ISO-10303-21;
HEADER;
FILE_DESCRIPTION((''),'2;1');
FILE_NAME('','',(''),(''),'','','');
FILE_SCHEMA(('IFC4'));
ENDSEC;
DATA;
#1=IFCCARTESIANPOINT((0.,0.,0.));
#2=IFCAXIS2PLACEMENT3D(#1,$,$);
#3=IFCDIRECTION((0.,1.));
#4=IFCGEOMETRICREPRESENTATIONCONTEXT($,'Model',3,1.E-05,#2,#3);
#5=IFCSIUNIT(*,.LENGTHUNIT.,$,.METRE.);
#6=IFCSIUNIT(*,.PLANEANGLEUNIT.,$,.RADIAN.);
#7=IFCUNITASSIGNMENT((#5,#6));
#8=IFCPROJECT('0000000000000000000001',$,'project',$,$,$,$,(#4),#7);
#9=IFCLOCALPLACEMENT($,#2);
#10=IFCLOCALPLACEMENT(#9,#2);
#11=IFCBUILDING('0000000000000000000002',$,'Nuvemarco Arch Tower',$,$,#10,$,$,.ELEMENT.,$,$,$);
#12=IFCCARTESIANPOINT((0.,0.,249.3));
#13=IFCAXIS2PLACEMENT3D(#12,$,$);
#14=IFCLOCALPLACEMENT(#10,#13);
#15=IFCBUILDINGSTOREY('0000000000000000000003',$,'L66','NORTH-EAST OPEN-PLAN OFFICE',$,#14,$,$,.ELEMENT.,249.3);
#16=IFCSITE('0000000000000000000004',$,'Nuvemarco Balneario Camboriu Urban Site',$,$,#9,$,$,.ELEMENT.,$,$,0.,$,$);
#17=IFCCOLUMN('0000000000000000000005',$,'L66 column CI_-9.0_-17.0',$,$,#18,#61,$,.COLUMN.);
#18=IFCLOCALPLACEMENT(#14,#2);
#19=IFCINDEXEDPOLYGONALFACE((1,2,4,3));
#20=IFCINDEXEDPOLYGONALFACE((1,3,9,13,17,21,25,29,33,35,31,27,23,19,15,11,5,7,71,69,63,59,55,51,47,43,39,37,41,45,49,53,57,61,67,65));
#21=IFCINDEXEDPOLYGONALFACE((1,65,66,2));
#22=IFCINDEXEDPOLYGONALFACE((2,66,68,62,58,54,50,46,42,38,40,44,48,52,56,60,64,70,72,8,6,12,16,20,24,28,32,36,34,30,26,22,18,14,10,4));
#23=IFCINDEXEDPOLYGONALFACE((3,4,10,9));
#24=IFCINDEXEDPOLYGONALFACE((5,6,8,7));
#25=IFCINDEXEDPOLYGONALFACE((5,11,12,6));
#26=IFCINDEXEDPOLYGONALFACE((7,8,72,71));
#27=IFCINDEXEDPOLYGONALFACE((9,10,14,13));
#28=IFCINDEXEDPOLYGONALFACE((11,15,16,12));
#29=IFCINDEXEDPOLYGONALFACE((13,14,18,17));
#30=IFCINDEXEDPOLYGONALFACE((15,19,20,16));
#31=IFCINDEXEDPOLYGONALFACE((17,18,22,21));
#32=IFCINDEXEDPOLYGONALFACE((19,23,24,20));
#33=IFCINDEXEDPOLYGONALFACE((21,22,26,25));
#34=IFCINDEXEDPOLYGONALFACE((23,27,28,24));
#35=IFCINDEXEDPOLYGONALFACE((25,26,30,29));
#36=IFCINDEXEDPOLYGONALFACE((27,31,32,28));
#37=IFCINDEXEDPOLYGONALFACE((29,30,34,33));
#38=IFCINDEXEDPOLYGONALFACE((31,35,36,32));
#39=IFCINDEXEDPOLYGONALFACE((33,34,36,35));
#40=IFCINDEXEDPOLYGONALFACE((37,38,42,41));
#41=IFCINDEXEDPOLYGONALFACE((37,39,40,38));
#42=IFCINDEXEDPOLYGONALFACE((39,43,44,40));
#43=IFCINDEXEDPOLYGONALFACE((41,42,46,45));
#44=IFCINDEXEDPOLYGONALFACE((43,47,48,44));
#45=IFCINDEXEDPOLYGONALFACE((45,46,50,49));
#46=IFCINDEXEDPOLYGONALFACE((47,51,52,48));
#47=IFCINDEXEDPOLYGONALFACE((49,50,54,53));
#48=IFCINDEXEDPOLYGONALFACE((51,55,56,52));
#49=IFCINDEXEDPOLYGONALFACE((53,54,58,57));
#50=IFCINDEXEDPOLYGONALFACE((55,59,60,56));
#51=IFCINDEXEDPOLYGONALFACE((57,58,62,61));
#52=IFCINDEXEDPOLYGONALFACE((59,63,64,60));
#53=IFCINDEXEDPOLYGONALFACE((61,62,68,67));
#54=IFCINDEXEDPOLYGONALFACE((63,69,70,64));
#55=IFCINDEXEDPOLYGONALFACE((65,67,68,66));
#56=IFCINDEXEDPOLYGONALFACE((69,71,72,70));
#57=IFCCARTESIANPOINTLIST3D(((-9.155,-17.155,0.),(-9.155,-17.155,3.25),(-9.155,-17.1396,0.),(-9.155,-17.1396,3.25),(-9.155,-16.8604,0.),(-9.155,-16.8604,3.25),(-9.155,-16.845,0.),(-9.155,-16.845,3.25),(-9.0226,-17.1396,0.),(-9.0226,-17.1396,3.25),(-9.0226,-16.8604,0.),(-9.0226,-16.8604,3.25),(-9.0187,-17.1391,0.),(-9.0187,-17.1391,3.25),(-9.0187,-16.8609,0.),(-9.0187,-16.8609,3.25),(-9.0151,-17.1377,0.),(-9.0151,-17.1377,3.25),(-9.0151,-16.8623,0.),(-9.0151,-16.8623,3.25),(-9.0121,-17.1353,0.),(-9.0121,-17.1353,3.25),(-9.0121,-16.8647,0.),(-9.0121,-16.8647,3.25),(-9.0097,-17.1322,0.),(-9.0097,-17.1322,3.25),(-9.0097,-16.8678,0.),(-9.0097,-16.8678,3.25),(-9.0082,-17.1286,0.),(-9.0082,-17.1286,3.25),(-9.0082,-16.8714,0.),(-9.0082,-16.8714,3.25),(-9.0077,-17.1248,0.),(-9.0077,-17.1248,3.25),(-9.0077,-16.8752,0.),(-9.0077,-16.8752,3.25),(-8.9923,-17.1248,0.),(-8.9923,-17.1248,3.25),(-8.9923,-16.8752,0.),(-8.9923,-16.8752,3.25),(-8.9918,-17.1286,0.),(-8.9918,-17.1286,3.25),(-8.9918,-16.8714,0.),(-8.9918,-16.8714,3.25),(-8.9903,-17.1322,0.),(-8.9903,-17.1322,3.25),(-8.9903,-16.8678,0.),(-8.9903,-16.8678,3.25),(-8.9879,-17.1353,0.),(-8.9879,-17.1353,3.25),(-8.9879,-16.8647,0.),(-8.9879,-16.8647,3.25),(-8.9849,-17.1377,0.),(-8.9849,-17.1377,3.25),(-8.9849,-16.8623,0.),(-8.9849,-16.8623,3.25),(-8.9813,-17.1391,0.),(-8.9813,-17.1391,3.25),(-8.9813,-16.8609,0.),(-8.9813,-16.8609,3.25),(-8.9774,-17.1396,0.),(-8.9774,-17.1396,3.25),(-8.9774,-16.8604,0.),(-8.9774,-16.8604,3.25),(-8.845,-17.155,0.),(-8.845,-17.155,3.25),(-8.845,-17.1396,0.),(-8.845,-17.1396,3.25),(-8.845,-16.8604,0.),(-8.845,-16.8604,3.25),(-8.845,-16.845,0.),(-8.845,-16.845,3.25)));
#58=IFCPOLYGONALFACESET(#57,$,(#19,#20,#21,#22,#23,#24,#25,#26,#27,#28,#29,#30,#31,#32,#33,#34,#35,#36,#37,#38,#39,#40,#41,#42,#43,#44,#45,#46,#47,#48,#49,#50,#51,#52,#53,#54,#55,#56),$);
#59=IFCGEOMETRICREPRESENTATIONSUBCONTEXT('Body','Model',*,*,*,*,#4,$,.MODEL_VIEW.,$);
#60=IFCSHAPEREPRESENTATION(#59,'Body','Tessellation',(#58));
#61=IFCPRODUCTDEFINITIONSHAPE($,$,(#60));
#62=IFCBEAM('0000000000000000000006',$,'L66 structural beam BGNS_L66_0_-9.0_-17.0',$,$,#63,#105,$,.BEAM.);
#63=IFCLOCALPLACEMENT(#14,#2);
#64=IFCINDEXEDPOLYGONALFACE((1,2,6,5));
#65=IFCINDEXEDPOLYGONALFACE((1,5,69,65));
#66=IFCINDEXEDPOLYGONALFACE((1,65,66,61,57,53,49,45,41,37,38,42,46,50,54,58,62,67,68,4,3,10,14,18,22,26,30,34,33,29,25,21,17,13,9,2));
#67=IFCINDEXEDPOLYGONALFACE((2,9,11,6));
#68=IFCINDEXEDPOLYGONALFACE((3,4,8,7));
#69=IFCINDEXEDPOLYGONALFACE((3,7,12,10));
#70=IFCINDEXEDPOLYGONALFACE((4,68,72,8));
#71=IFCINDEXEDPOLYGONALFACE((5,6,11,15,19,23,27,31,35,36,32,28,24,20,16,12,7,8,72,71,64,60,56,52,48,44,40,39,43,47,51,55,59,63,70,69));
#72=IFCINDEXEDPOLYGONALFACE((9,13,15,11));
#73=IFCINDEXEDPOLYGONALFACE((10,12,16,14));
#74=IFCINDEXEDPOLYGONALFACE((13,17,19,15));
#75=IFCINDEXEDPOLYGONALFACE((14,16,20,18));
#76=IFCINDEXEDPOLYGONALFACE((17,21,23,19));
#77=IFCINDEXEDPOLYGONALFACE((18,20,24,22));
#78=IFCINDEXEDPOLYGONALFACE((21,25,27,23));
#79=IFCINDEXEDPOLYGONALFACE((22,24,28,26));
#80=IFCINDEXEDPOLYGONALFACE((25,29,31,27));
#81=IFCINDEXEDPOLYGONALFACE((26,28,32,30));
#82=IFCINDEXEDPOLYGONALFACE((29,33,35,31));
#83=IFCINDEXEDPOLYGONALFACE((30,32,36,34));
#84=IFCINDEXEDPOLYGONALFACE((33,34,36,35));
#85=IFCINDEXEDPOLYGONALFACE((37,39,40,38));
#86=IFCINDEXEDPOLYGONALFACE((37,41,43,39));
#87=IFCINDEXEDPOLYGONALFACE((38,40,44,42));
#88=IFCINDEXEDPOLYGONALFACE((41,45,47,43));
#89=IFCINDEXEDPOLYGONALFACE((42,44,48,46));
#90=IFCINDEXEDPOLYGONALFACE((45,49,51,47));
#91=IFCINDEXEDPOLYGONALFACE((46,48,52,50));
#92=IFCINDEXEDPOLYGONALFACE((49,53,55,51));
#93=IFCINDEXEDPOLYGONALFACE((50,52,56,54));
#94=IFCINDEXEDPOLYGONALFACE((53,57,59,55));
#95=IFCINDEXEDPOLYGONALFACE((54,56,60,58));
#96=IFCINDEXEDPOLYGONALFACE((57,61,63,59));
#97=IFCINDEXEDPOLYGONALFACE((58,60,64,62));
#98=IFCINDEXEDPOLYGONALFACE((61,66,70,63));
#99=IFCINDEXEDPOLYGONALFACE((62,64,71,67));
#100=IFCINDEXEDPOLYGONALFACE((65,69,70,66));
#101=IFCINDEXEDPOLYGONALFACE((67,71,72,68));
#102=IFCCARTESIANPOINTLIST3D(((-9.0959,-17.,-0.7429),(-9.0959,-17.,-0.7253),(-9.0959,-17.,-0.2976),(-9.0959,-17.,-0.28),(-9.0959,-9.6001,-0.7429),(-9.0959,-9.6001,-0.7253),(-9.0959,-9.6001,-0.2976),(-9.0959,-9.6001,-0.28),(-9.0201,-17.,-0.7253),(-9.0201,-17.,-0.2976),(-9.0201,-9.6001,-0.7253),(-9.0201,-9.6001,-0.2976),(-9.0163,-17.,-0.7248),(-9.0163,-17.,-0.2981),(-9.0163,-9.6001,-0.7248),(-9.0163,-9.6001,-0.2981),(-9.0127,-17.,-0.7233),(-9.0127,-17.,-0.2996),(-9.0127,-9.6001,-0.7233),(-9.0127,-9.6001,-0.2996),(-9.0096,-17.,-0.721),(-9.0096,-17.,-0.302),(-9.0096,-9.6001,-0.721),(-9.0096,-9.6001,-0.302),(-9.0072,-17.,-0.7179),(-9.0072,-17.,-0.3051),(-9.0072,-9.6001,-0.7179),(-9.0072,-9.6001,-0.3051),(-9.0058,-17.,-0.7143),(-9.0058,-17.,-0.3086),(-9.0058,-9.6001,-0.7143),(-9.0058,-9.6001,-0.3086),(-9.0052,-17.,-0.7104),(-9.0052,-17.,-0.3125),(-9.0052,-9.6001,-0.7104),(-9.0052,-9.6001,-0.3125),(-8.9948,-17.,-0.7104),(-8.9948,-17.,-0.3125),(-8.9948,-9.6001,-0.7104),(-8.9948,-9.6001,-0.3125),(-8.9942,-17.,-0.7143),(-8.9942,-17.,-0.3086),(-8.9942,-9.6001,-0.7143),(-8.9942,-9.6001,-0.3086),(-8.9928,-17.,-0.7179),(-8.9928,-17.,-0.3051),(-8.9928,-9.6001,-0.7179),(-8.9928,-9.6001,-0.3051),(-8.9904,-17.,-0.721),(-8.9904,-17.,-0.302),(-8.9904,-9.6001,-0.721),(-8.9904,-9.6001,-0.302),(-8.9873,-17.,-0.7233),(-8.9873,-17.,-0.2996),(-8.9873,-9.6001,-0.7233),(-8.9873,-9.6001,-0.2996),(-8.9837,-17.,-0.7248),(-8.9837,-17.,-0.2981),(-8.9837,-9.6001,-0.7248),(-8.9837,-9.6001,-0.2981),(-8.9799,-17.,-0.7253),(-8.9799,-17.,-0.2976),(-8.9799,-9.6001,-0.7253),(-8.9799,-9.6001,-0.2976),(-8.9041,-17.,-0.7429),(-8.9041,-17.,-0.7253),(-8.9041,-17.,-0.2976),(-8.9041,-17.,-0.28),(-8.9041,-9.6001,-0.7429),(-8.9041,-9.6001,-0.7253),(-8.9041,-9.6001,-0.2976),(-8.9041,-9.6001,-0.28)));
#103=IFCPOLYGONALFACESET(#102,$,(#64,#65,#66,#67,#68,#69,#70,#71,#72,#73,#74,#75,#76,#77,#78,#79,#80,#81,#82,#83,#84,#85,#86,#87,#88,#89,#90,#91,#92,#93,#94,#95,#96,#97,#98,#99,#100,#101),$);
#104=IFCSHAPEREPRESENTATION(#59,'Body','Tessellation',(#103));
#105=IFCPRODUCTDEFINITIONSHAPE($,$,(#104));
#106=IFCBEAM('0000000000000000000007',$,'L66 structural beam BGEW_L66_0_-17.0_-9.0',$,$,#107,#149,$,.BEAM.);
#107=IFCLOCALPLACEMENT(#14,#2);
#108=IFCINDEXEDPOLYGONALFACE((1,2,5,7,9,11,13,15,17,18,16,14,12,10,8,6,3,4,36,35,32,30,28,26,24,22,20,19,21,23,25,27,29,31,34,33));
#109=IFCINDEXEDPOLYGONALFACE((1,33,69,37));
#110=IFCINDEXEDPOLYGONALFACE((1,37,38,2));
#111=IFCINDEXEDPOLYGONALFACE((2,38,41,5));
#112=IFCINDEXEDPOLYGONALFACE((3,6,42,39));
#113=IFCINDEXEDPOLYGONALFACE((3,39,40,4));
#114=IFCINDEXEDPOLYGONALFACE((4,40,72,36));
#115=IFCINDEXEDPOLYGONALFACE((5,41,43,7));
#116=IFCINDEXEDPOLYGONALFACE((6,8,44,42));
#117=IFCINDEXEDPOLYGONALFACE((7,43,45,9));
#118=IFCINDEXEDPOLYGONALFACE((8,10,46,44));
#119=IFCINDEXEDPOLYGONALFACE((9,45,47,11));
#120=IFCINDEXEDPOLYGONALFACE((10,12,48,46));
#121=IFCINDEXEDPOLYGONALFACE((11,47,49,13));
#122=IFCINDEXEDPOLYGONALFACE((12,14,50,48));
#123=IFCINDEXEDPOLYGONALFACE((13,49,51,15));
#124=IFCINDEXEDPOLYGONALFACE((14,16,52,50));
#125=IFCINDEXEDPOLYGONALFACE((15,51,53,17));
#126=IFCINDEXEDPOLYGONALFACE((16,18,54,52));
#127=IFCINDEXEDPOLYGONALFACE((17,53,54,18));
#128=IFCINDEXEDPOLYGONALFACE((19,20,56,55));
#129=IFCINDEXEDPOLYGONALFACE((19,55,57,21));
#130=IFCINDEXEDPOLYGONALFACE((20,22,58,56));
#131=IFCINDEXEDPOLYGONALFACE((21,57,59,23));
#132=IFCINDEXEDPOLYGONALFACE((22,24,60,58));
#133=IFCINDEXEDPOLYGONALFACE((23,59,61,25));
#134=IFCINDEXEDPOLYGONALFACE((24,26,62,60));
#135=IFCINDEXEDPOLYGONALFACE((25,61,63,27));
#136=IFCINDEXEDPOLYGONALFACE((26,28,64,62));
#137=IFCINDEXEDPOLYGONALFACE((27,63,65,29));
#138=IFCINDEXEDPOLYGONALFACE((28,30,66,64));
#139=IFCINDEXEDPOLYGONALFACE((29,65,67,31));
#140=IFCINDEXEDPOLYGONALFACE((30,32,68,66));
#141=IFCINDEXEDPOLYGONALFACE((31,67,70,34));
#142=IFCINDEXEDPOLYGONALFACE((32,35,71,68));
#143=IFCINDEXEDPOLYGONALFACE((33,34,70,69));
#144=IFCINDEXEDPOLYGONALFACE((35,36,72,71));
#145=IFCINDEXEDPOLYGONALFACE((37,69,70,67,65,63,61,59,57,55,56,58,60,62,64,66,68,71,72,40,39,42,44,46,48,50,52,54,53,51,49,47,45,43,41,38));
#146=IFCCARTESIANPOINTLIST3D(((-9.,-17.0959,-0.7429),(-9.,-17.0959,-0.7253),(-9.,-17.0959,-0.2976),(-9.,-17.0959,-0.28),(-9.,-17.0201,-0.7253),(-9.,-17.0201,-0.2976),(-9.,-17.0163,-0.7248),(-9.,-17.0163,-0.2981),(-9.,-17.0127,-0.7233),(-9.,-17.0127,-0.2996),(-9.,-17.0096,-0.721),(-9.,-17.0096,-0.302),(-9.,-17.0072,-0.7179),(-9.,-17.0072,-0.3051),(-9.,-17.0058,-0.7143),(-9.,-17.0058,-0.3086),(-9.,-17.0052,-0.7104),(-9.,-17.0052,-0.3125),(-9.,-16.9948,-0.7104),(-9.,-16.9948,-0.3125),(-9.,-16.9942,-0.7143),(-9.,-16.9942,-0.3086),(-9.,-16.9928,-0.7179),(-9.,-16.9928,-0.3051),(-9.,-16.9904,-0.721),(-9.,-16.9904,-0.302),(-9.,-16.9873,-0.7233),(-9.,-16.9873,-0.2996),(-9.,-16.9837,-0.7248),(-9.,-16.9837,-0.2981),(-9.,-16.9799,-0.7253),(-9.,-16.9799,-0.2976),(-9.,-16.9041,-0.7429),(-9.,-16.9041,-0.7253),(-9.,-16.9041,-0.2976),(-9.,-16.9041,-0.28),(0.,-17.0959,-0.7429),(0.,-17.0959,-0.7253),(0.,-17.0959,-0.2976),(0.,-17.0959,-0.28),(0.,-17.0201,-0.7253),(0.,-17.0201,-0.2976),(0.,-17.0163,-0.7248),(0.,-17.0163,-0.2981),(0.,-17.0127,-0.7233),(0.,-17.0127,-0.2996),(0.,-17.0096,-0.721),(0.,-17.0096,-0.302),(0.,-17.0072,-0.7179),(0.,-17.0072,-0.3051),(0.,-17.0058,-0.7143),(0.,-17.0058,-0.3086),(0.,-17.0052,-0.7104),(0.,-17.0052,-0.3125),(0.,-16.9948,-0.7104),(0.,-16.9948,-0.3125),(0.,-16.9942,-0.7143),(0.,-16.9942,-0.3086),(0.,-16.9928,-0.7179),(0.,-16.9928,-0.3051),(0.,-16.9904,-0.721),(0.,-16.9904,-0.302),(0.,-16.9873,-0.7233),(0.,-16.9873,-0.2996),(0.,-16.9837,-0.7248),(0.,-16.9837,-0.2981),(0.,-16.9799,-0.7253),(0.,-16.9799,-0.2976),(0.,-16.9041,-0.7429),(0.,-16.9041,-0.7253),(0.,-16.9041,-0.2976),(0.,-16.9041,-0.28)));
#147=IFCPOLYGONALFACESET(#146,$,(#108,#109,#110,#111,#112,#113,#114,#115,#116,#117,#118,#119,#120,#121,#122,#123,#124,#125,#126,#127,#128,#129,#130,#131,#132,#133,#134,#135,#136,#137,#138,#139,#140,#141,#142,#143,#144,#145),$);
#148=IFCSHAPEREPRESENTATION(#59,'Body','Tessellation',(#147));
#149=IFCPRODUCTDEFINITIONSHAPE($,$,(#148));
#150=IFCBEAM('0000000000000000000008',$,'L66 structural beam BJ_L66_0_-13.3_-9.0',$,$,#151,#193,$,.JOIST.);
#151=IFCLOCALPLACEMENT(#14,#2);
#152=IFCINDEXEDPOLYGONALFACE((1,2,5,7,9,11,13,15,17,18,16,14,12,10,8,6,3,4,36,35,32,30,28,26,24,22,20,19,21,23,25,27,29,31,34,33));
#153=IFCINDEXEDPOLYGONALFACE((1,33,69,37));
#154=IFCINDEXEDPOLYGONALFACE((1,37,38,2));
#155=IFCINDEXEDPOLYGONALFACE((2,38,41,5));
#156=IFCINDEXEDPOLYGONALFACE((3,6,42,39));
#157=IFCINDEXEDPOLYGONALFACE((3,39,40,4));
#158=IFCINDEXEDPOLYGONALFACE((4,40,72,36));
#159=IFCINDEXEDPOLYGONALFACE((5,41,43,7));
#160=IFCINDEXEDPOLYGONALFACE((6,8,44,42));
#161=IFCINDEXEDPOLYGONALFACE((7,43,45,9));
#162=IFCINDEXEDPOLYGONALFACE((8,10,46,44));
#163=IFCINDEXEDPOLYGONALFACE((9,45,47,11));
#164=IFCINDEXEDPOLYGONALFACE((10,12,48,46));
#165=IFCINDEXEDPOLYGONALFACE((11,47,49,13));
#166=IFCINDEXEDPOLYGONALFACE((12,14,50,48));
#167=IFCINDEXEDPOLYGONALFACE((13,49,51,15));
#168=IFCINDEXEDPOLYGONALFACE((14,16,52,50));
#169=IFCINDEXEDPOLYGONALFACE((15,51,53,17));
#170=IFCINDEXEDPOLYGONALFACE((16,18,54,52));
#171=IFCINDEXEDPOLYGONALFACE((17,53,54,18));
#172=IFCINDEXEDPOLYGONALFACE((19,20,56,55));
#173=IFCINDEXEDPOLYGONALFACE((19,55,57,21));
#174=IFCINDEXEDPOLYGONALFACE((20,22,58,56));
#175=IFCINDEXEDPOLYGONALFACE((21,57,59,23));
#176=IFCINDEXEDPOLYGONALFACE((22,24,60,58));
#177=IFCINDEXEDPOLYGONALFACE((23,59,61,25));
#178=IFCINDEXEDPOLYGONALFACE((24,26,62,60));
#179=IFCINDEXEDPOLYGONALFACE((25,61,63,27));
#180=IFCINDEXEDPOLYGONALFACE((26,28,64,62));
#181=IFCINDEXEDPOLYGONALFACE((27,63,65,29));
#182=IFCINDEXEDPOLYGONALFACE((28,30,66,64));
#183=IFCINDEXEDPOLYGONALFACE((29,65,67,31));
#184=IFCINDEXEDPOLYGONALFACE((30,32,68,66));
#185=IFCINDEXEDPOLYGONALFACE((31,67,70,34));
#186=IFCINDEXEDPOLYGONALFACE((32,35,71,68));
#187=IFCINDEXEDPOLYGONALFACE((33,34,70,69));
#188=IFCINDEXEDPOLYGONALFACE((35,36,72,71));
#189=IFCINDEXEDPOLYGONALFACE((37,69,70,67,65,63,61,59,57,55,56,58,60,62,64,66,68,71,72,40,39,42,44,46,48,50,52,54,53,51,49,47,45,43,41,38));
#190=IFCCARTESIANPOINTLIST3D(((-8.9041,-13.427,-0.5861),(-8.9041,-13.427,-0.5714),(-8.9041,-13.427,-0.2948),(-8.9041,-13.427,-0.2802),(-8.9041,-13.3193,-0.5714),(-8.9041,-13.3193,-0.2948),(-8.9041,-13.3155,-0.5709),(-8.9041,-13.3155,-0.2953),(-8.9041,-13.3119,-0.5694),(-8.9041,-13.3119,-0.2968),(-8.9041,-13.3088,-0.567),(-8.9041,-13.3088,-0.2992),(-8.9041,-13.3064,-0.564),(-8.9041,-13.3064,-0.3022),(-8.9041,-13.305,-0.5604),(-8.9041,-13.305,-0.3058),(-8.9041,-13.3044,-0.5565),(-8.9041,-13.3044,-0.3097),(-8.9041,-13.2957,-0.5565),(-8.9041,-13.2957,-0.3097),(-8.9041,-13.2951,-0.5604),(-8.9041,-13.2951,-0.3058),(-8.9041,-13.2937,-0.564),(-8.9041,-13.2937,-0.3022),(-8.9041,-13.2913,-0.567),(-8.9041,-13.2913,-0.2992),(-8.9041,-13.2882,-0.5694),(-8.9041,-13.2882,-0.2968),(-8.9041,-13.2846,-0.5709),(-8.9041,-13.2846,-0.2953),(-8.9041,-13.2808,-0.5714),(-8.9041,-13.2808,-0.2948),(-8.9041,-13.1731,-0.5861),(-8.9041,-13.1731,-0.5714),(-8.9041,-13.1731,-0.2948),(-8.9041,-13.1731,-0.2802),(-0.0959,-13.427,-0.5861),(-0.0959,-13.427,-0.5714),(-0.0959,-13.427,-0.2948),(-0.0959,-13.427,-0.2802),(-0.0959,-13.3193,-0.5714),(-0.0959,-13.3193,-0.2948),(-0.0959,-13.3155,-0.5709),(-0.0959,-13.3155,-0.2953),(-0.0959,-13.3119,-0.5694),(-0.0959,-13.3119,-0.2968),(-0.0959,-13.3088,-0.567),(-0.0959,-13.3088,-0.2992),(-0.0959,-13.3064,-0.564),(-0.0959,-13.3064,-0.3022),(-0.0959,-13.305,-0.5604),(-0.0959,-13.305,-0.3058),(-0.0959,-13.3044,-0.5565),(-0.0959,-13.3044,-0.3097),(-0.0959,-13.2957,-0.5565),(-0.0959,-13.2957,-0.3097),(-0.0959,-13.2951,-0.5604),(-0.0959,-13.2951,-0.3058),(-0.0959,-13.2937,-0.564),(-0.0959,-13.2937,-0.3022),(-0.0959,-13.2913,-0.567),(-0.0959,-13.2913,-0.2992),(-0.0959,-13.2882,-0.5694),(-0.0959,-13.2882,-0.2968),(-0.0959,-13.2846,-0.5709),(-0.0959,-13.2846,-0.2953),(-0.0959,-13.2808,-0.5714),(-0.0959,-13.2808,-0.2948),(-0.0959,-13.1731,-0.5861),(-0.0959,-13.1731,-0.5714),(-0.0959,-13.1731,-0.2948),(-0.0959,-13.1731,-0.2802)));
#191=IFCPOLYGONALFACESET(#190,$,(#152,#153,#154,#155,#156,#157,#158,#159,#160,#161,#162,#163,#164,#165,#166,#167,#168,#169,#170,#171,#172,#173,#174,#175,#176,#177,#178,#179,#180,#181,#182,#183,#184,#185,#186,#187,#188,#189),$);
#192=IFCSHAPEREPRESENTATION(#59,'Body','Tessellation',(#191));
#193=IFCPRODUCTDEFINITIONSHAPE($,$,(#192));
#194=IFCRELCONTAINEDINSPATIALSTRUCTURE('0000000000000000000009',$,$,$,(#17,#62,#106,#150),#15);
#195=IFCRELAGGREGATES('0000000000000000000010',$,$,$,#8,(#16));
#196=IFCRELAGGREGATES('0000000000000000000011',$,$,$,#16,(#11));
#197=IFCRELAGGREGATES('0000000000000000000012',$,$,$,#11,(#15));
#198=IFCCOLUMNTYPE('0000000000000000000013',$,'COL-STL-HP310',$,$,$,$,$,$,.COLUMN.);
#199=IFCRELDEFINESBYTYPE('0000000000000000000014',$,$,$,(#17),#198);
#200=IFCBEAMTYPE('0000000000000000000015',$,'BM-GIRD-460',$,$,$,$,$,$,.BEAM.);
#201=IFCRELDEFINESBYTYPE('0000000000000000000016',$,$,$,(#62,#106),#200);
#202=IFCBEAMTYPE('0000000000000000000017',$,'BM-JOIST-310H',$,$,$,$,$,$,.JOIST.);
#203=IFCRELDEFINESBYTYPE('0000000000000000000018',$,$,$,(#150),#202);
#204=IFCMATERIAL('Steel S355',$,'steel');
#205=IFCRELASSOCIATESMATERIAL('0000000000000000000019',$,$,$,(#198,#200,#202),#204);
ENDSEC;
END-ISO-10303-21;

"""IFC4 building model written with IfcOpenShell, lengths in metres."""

from ifc_helpers import new_model, si_unit, direction, frame, origin, origin_2d, place, context, subcontext, project, spatial, i_section, extrude, material, material_profile, profile_set, type_object, element, save


model = new_model("IFC4")

# Units and contexts
model_context = context("Model", 3, precision=1e-05, world=origin(), true_north=direction((0.0, 1.0)))
body_context = subcontext(model_context, "Body", "Model", "MODEL_VIEW")
ifc_project = project(units=[si_unit("LENGTHUNIT", "METRE"), si_unit("PLANEANGLEUNIT", "RADIAN")], contexts=[model_context])

# Site, building, storey
site_placement = place(None, origin())
site = spatial("IfcSite", under=ifc_project, at=site_placement, Name="Nuvemarco Balneario Camboriu Urban Site", CompositionType="ELEMENT", RefElevation=0.0)
building_placement = place(site_placement, origin())
building = spatial("IfcBuilding", under=site, at=building_placement, Name="Nuvemarco Arch Tower", CompositionType="ELEMENT")
storey_placement = place(building_placement, frame((0.0, 0.0, 249.3)))
storey = spatial("IfcBuildingStorey", under=building, at=storey_placement, Name="L66", Description="NORTH-EAST OPEN-PLAN OFFICE", CompositionType="ELEMENT", Elevation=249.3)

# Column
ifc_material_1 = material(Name="Steel S355", Category="steel")
ifc_material_profile_1 = material_profile(ifc_material_1, i_section(OverallWidth=0.3101, OverallDepth=0.3101, WebThickness=0.0154, FlangeThickness=0.0154, FilletRadius=0.0149, at=origin_2d()), Name="HP310x110")
ifc_profile_set_1 = profile_set([ifc_material_profile_1], Name="Steel S355")
column_type = type_object("IfcColumnType", Name="COL-STL-HP310", PredefinedType="COLUMN", material=ifc_profile_set_1)
column_placement = place(storey_placement, frame((-9.0, -17.0, 0.0), z_axis=(0.0, 0.0, 1.0), x_axis=(1.0, 0.0, 0.0)))
element("IfcColumn", 1, at=column_placement, inside=storey, type_object=column_type, Name="L66 column CI_-9.0_-17.0", PredefinedType="COLUMN", context=body_context, shape_type="SweptSolid", body=[
    extrude(i_section(OverallWidth=0.3101, OverallDepth=0.3101, WebThickness=0.0154, FlangeThickness=0.0154, FilletRadius=0.0149, at=origin_2d()), origin(), (0.0, 0.0, 1.0), 3.25),
])

# Beams
ifc_material_profile_2 = material_profile(ifc_material_1, i_section(OverallWidth=0.1919, OverallDepth=0.4629, WebThickness=0.0105, FlangeThickness=0.0176, FilletRadius=0.0149, at=origin_2d()), Name="W460x89")
ifc_profile_set_2 = profile_set([ifc_material_profile_2], Name="Steel S355")
beam_type_1 = type_object("IfcBeamType", Name="BM-GIRD-460", PredefinedType="BEAM", material=ifc_profile_set_2)
beam_1_placement = place(storey_placement, frame((-9.0, -17.0, -0.5115), z_axis=(0.0, 1.0, 0.0), x_axis=(-1.0, 0.0, 0.0)))
element("IfcBeam", 2, at=beam_1_placement, inside=storey, type_object=beam_type_1, Name="L66 structural beam BGNS_L66_0_-9.0_-17.0", PredefinedType="BEAM", context=body_context, shape_type="SweptSolid", body=[
    extrude(i_section(OverallWidth=0.1919, OverallDepth=0.4629, WebThickness=0.0105, FlangeThickness=0.0176, FilletRadius=0.0149, at=origin_2d()), origin(), (0.0, 0.0, 1.0), 7.3999),
])
beam_2_placement = place(storey_placement, frame((-9.0, -17.0, -0.5115), z_axis=(1.0, 0.0, 0.0), x_axis=(0.0, 1.0, 0.0)))
element("IfcBeam", 3, at=beam_2_placement, inside=storey, type_object=beam_type_1, Name="L66 structural beam BGEW_L66_0_-17.0_-9.0", PredefinedType="BEAM", context=body_context, shape_type="SweptSolid", body=[
    extrude(i_section(OverallWidth=0.1919, OverallDepth=0.4629, WebThickness=0.0105, FlangeThickness=0.0176, FilletRadius=0.0149, at=origin_2d()), origin(), (0.0, 0.0, 1.0), 9.0),
])
ifc_material_profile_3 = material_profile(ifc_material_1, i_section(OverallWidth=0.2539, OverallDepth=0.3059, WebThickness=0.0088, FlangeThickness=0.0146, FilletRadius=0.0149, at=origin_2d()), Name="W310x79")
ifc_profile_set_3 = profile_set([ifc_material_profile_3], Name="Steel S355")
beam_type_2 = type_object("IfcBeamType", Name="BM-JOIST-310H", PredefinedType="JOIST", material=ifc_profile_set_3)
beam_3_placement = place(storey_placement, frame((-8.9041, -13.3, -0.4331), z_axis=(1.0, 0.0, 0.0), x_axis=(0.0, 1.0, 0.0)))
element("IfcBeam", 4, at=beam_3_placement, inside=storey, type_object=beam_type_2, Name="L66 structural beam BJ_L66_0_-13.3_-9.0", PredefinedType="JOIST", context=body_context, shape_type="SweptSolid", body=[
    extrude(i_section(OverallWidth=0.2539, OverallDepth=0.3059, WebThickness=0.0088, FlangeThickness=0.0146, FilletRadius=0.0149, at=origin_2d()), origin(), (0.0, 0.0, 1.0), 8.8081),
])

save(model, "model.ifc")
